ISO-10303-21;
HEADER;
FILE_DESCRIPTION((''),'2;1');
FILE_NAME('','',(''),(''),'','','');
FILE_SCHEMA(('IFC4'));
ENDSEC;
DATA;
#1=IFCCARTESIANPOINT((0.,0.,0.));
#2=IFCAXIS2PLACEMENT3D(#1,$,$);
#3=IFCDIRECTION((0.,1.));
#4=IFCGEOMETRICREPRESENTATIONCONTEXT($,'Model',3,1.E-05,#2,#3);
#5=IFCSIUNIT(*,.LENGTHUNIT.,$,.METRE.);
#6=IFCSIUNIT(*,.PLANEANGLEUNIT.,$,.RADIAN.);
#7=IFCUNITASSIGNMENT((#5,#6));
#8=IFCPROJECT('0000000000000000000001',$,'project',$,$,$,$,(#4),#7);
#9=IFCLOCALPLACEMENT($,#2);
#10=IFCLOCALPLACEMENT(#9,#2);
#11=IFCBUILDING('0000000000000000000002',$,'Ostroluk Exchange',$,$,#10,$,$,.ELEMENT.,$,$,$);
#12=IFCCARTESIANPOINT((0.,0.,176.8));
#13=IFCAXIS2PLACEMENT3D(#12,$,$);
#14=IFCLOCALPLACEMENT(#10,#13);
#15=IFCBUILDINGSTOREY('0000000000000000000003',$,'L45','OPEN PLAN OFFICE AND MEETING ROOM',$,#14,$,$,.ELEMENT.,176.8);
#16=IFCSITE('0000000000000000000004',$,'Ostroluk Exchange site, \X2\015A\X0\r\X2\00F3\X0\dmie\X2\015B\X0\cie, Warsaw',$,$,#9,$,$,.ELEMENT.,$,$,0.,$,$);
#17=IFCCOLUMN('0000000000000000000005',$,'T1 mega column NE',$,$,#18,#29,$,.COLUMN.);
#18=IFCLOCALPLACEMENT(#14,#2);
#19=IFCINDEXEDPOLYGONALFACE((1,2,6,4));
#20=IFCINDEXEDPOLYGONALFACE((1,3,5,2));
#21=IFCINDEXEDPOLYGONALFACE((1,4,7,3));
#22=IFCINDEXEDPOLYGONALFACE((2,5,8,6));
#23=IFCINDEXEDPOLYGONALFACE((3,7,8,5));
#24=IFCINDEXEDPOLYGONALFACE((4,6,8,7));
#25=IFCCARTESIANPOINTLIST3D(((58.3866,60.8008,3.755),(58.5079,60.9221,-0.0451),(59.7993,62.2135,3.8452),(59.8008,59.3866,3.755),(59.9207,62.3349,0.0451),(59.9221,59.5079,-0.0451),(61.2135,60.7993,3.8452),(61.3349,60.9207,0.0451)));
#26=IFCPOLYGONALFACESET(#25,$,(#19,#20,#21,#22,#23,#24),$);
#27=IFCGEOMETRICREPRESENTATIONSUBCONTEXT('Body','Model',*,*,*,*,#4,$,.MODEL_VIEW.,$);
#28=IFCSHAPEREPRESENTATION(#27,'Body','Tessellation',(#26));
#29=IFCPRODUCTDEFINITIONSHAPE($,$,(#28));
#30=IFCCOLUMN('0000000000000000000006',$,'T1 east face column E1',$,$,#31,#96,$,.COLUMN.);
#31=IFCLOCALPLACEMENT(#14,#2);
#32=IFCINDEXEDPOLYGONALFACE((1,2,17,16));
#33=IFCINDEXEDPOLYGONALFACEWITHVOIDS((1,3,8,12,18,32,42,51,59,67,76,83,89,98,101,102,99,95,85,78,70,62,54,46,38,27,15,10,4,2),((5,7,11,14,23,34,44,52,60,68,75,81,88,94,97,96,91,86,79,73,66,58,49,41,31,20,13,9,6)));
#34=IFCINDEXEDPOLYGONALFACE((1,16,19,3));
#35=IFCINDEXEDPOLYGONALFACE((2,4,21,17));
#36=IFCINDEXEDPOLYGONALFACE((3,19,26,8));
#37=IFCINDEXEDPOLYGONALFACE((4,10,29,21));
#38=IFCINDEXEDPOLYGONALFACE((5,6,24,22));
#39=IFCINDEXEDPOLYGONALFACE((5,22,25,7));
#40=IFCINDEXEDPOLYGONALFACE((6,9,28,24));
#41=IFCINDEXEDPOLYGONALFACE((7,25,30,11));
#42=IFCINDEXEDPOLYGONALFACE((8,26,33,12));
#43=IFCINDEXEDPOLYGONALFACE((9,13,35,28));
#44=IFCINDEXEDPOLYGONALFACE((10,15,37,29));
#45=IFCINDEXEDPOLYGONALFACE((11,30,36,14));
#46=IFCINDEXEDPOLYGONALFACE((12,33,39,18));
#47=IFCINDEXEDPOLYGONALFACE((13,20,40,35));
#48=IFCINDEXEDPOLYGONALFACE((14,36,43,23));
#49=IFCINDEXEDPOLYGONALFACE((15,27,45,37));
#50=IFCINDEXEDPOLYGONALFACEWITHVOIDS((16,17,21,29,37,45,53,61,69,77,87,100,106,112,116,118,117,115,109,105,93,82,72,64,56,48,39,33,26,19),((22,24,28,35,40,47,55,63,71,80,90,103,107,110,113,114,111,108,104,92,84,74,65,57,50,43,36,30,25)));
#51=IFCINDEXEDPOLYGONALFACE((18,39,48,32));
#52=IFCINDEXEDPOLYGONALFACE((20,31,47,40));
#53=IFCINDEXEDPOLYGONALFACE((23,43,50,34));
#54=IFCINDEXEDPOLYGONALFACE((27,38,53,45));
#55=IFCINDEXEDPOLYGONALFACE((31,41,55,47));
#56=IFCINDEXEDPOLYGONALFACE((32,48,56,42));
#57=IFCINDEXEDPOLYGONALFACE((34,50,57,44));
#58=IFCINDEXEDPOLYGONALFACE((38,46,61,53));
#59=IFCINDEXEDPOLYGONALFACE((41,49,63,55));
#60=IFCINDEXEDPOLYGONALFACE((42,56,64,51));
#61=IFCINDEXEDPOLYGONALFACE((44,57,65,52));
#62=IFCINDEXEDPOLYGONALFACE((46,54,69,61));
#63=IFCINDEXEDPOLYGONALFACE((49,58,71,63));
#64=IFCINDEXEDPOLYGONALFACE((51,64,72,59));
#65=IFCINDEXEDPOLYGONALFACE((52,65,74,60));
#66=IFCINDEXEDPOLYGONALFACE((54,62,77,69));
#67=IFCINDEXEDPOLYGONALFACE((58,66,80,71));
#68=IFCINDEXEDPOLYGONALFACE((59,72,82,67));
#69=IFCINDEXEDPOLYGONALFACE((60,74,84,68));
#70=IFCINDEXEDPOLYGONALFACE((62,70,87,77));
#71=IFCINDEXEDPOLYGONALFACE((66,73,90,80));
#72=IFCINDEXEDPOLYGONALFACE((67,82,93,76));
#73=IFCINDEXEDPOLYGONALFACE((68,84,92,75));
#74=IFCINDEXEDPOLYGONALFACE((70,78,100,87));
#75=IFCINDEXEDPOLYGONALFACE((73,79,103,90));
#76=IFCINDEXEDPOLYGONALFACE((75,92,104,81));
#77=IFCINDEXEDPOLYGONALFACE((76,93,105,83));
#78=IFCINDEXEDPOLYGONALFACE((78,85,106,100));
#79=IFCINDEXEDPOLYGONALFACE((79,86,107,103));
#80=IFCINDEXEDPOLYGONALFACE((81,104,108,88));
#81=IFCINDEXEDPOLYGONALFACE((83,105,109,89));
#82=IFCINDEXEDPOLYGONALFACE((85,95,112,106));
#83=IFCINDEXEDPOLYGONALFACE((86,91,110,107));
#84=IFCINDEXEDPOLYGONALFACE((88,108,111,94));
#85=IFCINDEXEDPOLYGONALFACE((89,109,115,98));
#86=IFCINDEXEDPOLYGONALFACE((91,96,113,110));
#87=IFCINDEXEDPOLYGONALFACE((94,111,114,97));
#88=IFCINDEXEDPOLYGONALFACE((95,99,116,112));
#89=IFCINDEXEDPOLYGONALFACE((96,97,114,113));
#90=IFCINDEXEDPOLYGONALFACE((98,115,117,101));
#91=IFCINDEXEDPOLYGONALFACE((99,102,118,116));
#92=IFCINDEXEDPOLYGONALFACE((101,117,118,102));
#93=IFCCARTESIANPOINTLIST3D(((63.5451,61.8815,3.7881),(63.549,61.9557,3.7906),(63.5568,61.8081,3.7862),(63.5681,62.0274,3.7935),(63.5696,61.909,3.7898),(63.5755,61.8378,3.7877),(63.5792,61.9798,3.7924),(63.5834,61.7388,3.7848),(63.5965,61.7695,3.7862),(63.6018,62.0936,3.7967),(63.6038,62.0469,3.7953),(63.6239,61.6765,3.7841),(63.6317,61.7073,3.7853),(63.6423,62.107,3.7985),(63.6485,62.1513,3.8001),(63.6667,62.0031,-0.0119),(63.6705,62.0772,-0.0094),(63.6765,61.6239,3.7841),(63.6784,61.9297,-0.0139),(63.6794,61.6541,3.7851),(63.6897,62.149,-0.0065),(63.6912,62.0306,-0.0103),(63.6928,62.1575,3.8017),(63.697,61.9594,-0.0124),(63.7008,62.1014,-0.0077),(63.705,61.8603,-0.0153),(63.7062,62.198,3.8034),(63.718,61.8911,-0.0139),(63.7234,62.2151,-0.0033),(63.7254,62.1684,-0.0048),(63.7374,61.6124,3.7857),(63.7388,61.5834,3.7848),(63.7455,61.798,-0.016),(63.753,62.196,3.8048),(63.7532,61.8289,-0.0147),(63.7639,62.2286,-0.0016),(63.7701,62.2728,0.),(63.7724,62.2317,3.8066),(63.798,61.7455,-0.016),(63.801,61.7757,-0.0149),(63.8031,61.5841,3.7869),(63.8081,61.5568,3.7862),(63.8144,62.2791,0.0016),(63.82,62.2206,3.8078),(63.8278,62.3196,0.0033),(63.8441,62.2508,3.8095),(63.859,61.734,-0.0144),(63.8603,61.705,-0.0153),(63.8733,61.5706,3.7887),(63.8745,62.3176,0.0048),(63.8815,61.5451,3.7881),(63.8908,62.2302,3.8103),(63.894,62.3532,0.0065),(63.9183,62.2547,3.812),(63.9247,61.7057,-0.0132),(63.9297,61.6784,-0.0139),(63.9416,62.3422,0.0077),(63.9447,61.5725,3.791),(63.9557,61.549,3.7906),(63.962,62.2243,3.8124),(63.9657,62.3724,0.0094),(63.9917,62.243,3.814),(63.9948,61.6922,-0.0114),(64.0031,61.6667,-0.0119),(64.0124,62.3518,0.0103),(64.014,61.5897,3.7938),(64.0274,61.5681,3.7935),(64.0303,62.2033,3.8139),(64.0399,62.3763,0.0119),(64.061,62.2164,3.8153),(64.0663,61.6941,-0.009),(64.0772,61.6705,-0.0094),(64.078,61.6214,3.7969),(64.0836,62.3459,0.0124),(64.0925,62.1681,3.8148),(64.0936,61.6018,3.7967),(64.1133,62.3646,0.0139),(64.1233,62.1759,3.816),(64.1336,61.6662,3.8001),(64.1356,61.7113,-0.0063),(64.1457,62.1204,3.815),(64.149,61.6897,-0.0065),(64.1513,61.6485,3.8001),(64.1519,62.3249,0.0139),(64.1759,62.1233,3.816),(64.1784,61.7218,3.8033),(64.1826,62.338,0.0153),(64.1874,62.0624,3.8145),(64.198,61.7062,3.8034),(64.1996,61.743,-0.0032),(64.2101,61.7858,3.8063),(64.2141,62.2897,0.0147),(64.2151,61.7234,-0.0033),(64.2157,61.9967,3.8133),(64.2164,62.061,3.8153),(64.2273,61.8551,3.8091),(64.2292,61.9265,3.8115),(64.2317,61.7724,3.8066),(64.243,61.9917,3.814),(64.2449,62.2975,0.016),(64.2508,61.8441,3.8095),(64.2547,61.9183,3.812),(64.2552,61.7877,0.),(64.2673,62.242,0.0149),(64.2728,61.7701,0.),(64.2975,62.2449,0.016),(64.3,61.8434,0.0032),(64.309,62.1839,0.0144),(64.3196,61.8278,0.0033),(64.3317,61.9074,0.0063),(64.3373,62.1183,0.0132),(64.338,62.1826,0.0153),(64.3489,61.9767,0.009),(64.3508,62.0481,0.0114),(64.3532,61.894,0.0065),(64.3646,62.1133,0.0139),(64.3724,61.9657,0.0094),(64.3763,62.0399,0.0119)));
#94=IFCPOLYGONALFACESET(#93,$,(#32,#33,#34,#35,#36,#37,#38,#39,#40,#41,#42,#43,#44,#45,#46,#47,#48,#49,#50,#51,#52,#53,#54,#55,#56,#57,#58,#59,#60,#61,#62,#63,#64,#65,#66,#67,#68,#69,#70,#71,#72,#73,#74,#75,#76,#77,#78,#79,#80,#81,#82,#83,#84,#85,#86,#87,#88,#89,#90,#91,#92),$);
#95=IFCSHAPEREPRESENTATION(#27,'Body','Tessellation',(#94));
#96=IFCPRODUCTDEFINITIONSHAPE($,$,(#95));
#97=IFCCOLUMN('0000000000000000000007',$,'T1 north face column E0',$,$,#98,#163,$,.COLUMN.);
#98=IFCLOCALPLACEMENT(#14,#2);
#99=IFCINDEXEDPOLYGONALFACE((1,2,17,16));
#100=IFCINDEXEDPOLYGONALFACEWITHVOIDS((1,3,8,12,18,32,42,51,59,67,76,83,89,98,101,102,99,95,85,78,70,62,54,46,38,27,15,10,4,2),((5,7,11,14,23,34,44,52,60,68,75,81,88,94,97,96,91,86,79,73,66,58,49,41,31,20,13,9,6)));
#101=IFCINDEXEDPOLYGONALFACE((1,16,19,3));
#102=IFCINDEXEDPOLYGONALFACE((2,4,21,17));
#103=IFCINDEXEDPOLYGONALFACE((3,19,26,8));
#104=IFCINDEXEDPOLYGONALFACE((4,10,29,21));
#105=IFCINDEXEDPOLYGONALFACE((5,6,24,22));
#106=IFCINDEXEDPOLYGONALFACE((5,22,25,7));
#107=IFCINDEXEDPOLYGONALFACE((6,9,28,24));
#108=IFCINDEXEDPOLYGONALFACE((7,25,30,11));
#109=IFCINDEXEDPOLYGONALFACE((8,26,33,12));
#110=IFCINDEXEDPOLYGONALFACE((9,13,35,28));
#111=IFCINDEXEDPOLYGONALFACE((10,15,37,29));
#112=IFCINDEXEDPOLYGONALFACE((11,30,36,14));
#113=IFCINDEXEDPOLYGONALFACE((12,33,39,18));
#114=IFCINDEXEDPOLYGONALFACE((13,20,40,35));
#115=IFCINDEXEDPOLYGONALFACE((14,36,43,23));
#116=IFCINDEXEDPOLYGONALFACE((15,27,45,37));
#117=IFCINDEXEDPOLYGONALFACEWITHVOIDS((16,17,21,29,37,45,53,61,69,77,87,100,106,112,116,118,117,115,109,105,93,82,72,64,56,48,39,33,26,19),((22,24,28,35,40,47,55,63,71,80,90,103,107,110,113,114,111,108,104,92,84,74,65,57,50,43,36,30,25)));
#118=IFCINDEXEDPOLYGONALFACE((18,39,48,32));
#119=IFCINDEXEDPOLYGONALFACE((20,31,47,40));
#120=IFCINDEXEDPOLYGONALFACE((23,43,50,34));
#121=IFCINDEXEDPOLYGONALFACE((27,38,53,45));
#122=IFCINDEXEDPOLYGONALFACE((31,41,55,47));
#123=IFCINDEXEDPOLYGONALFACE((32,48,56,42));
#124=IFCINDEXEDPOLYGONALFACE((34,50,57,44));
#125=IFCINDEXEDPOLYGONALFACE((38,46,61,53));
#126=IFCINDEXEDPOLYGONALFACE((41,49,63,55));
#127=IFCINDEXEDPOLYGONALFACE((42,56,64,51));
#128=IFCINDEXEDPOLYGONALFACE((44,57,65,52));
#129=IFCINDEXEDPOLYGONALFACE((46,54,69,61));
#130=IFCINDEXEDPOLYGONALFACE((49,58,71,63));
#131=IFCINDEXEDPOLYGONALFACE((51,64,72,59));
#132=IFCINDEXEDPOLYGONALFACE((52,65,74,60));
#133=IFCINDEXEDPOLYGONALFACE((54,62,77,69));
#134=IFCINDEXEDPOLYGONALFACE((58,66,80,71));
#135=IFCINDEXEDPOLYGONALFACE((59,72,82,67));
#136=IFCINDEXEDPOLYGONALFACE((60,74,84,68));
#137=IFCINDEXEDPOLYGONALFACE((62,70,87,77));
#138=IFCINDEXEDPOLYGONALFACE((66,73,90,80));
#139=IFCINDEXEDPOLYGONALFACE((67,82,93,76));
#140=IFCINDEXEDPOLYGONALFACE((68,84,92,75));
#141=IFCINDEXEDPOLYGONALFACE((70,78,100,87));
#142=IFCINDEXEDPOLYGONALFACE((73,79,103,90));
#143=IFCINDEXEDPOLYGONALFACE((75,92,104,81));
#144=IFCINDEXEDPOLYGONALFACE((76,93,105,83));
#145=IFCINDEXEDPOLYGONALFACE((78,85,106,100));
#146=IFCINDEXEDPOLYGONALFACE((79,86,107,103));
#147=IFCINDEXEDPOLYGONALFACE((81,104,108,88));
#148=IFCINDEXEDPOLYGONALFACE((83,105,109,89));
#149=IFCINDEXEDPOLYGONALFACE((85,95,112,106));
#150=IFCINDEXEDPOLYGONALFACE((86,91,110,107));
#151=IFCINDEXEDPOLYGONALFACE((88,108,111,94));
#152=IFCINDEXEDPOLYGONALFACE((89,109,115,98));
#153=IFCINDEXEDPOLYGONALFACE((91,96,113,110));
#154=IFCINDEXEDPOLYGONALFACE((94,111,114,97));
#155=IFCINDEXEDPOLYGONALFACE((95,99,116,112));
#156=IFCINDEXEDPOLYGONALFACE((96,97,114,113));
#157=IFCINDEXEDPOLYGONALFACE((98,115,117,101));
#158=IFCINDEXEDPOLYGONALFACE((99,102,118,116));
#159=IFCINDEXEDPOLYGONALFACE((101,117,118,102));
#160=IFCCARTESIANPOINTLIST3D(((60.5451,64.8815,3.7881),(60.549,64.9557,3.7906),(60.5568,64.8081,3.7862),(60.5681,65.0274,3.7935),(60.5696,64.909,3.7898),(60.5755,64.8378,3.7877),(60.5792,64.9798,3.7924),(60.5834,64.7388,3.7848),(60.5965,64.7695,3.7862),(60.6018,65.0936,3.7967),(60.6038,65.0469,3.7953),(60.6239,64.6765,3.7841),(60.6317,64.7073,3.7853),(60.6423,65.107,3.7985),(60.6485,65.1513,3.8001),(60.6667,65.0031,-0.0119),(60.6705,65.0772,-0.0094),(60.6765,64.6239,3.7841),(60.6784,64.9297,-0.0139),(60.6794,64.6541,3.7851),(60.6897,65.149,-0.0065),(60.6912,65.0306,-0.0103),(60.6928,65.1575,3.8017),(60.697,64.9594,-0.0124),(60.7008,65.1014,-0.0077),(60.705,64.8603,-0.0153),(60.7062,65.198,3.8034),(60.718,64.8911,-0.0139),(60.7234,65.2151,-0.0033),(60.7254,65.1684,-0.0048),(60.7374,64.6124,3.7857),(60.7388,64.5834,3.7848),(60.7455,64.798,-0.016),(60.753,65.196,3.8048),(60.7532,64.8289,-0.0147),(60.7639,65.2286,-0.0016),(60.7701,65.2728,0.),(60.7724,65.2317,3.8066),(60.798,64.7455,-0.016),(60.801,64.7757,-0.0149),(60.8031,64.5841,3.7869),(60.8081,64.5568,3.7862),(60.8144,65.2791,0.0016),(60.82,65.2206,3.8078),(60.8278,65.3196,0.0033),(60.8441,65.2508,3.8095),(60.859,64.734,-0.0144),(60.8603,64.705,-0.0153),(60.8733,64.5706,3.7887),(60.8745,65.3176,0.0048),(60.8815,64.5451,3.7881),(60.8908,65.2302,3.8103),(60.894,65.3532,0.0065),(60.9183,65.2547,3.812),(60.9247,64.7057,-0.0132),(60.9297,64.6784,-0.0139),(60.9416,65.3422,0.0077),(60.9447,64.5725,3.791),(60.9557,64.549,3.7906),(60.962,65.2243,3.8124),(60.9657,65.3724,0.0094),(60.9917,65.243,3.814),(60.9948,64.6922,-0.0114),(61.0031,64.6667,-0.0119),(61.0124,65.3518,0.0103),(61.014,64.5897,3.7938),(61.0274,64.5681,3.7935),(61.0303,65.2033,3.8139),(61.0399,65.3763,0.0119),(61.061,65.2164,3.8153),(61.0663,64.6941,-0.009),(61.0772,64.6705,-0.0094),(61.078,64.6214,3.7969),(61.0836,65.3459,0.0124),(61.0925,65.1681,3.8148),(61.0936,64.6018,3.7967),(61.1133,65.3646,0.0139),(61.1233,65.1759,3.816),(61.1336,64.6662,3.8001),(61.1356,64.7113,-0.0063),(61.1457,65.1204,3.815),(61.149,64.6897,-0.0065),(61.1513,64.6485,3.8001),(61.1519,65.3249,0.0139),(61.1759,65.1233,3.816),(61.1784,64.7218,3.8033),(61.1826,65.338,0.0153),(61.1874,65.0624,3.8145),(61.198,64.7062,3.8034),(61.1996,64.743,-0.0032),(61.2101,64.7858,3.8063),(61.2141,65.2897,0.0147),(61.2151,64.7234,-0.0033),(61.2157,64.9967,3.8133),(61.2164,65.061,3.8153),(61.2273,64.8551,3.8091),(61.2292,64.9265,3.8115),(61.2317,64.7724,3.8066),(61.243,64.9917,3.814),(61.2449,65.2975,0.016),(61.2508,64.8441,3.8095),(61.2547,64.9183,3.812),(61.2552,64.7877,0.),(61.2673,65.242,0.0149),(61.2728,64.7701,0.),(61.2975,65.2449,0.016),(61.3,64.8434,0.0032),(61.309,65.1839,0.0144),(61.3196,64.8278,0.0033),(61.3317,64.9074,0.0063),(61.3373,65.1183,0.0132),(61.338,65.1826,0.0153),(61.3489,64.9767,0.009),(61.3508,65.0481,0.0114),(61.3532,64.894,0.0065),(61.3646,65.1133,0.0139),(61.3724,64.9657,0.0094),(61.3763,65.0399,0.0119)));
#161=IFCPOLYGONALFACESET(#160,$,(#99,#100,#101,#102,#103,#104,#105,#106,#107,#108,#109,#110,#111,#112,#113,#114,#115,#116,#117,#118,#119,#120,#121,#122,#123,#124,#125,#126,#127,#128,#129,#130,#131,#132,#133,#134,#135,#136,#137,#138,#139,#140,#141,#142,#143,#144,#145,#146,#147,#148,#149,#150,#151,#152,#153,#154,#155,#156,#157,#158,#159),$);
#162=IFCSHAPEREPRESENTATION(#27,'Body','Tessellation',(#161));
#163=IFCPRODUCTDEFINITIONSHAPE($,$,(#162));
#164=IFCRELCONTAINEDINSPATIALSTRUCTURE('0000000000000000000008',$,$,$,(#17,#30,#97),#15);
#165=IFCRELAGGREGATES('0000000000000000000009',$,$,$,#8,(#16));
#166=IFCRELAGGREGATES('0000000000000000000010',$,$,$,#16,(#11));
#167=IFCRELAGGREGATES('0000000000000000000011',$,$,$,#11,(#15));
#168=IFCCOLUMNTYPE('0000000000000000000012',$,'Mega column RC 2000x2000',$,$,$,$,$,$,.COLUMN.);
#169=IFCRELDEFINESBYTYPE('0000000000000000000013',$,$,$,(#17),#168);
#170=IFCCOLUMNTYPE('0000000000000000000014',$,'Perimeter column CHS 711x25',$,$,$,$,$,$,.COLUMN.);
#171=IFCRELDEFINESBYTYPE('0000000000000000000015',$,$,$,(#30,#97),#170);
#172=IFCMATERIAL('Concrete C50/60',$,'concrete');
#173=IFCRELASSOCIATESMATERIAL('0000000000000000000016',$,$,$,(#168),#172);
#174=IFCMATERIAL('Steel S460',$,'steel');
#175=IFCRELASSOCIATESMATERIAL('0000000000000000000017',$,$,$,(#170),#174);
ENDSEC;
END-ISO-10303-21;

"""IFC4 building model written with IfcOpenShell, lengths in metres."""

from ifc_helpers import new_model, si_unit, direction, frame, origin, origin_2d, place, context, subcontext, project, spatial, rectangle, hollow_circle, extrude, material, material_profile, profile_set, type_object, element, save


model = new_model("IFC4")

# Units and contexts
model_context = context("Model", 3, precision=1e-05, world=origin(), true_north=direction((0.0, 1.0)))
body_context = subcontext(model_context, "Body", "Model", "MODEL_VIEW")
ifc_project = project(units=[si_unit("LENGTHUNIT", "METRE"), si_unit("PLANEANGLEUNIT", "RADIAN")], contexts=[model_context])

# Site, building, storey
site_placement = place(None, origin())
site = spatial("IfcSite", under=ifc_project, at=site_placement, Name="Ostroluk Exchange site, Śródmieście, Warsaw", CompositionType="ELEMENT", RefElevation=0.0)
building_placement = place(site_placement, origin())
building = spatial("IfcBuilding", under=site, at=building_placement, Name="Ostroluk Exchange", CompositionType="ELEMENT")
storey_placement = place(building_placement, frame((0.0, 0.0, 176.8)))
storey = spatial("IfcBuildingStorey", under=building, at=storey_placement, Name="L45", Description="OPEN PLAN OFFICE AND MEETING ROOM", CompositionType="ELEMENT", Elevation=176.8)

# Columns
ifc_material_1 = material(Name="Concrete C50/60", Category="concrete")
ifc_material_profile_1 = material_profile(ifc_material_1, rectangle(XDim=2.0, YDim=2.0, at=origin_2d()), Name="RC 2000x2000")
ifc_profile_set_1 = profile_set([ifc_material_profile_1], Name="Concrete C50/60")
column_type_1 = type_object("IfcColumnType", Name="Mega column RC 2000x2000", PredefinedType="COLUMN", material=ifc_profile_set_1)
column_placement = place(storey_placement, frame((59.9214, 60.9214, 0.0), z_axis=(-0.031898, -0.031898, 0.998982), x_axis=(0.707107, -0.707107, 0.0)))
element("IfcColumn", 1, at=column_placement, inside=storey, type_object=column_type_1, Name="T1 mega column NE", PredefinedType="COLUMN", context=body_context, shape_type="SweptSolid", body=[
    extrude(rectangle(XDim=2.0, YDim=2.0, at=origin_2d()), origin(), (0.0, 0.0, 1.0), 3.804),
])
ifc_material_2 = material(Name="Steel S460", Category="steel")
ifc_material_profile_2 = material_profile(ifc_material_2, hollow_circle(Radius=0.3555, WallThickness=0.0249, at=origin_2d()), Name="CHS 711x25")
ifc_profile_set_2 = profile_set([ifc_material_profile_2], Name="Steel S460")
column_type_2 = type_object("IfcColumnType", Name="Perimeter column CHS 711x25", PredefinedType="COLUMN", material=ifc_profile_set_2)
for number, where, z_axis, x_axis, name in (
    (2, (64.0215, 62.0215, 0.0), (-0.031962, -0.031962, 0.998978), (0.707107, -0.707107, 0.0), "T1 east face column E1"),
    (3, (61.0215, 65.0215, 0.0), (-0.031962, -0.031962, 0.998978), (0.707107, -0.707107, 0.0), "T1 north face column E0"),
):
    element("IfcColumn", number, at=place(storey_placement, frame(where, z_axis=z_axis, x_axis=x_axis)), inside=storey, type_object=column_type_2, Name=name, PredefinedType="COLUMN", context=body_context, shape_type="SweptSolid", body=[
        extrude(hollow_circle(Radius=0.3555, WallThickness=0.0249, at=origin_2d()), origin(), (0.0, 0.0, 1.0), 3.804),
    ])

save(model, "model.ifc")
